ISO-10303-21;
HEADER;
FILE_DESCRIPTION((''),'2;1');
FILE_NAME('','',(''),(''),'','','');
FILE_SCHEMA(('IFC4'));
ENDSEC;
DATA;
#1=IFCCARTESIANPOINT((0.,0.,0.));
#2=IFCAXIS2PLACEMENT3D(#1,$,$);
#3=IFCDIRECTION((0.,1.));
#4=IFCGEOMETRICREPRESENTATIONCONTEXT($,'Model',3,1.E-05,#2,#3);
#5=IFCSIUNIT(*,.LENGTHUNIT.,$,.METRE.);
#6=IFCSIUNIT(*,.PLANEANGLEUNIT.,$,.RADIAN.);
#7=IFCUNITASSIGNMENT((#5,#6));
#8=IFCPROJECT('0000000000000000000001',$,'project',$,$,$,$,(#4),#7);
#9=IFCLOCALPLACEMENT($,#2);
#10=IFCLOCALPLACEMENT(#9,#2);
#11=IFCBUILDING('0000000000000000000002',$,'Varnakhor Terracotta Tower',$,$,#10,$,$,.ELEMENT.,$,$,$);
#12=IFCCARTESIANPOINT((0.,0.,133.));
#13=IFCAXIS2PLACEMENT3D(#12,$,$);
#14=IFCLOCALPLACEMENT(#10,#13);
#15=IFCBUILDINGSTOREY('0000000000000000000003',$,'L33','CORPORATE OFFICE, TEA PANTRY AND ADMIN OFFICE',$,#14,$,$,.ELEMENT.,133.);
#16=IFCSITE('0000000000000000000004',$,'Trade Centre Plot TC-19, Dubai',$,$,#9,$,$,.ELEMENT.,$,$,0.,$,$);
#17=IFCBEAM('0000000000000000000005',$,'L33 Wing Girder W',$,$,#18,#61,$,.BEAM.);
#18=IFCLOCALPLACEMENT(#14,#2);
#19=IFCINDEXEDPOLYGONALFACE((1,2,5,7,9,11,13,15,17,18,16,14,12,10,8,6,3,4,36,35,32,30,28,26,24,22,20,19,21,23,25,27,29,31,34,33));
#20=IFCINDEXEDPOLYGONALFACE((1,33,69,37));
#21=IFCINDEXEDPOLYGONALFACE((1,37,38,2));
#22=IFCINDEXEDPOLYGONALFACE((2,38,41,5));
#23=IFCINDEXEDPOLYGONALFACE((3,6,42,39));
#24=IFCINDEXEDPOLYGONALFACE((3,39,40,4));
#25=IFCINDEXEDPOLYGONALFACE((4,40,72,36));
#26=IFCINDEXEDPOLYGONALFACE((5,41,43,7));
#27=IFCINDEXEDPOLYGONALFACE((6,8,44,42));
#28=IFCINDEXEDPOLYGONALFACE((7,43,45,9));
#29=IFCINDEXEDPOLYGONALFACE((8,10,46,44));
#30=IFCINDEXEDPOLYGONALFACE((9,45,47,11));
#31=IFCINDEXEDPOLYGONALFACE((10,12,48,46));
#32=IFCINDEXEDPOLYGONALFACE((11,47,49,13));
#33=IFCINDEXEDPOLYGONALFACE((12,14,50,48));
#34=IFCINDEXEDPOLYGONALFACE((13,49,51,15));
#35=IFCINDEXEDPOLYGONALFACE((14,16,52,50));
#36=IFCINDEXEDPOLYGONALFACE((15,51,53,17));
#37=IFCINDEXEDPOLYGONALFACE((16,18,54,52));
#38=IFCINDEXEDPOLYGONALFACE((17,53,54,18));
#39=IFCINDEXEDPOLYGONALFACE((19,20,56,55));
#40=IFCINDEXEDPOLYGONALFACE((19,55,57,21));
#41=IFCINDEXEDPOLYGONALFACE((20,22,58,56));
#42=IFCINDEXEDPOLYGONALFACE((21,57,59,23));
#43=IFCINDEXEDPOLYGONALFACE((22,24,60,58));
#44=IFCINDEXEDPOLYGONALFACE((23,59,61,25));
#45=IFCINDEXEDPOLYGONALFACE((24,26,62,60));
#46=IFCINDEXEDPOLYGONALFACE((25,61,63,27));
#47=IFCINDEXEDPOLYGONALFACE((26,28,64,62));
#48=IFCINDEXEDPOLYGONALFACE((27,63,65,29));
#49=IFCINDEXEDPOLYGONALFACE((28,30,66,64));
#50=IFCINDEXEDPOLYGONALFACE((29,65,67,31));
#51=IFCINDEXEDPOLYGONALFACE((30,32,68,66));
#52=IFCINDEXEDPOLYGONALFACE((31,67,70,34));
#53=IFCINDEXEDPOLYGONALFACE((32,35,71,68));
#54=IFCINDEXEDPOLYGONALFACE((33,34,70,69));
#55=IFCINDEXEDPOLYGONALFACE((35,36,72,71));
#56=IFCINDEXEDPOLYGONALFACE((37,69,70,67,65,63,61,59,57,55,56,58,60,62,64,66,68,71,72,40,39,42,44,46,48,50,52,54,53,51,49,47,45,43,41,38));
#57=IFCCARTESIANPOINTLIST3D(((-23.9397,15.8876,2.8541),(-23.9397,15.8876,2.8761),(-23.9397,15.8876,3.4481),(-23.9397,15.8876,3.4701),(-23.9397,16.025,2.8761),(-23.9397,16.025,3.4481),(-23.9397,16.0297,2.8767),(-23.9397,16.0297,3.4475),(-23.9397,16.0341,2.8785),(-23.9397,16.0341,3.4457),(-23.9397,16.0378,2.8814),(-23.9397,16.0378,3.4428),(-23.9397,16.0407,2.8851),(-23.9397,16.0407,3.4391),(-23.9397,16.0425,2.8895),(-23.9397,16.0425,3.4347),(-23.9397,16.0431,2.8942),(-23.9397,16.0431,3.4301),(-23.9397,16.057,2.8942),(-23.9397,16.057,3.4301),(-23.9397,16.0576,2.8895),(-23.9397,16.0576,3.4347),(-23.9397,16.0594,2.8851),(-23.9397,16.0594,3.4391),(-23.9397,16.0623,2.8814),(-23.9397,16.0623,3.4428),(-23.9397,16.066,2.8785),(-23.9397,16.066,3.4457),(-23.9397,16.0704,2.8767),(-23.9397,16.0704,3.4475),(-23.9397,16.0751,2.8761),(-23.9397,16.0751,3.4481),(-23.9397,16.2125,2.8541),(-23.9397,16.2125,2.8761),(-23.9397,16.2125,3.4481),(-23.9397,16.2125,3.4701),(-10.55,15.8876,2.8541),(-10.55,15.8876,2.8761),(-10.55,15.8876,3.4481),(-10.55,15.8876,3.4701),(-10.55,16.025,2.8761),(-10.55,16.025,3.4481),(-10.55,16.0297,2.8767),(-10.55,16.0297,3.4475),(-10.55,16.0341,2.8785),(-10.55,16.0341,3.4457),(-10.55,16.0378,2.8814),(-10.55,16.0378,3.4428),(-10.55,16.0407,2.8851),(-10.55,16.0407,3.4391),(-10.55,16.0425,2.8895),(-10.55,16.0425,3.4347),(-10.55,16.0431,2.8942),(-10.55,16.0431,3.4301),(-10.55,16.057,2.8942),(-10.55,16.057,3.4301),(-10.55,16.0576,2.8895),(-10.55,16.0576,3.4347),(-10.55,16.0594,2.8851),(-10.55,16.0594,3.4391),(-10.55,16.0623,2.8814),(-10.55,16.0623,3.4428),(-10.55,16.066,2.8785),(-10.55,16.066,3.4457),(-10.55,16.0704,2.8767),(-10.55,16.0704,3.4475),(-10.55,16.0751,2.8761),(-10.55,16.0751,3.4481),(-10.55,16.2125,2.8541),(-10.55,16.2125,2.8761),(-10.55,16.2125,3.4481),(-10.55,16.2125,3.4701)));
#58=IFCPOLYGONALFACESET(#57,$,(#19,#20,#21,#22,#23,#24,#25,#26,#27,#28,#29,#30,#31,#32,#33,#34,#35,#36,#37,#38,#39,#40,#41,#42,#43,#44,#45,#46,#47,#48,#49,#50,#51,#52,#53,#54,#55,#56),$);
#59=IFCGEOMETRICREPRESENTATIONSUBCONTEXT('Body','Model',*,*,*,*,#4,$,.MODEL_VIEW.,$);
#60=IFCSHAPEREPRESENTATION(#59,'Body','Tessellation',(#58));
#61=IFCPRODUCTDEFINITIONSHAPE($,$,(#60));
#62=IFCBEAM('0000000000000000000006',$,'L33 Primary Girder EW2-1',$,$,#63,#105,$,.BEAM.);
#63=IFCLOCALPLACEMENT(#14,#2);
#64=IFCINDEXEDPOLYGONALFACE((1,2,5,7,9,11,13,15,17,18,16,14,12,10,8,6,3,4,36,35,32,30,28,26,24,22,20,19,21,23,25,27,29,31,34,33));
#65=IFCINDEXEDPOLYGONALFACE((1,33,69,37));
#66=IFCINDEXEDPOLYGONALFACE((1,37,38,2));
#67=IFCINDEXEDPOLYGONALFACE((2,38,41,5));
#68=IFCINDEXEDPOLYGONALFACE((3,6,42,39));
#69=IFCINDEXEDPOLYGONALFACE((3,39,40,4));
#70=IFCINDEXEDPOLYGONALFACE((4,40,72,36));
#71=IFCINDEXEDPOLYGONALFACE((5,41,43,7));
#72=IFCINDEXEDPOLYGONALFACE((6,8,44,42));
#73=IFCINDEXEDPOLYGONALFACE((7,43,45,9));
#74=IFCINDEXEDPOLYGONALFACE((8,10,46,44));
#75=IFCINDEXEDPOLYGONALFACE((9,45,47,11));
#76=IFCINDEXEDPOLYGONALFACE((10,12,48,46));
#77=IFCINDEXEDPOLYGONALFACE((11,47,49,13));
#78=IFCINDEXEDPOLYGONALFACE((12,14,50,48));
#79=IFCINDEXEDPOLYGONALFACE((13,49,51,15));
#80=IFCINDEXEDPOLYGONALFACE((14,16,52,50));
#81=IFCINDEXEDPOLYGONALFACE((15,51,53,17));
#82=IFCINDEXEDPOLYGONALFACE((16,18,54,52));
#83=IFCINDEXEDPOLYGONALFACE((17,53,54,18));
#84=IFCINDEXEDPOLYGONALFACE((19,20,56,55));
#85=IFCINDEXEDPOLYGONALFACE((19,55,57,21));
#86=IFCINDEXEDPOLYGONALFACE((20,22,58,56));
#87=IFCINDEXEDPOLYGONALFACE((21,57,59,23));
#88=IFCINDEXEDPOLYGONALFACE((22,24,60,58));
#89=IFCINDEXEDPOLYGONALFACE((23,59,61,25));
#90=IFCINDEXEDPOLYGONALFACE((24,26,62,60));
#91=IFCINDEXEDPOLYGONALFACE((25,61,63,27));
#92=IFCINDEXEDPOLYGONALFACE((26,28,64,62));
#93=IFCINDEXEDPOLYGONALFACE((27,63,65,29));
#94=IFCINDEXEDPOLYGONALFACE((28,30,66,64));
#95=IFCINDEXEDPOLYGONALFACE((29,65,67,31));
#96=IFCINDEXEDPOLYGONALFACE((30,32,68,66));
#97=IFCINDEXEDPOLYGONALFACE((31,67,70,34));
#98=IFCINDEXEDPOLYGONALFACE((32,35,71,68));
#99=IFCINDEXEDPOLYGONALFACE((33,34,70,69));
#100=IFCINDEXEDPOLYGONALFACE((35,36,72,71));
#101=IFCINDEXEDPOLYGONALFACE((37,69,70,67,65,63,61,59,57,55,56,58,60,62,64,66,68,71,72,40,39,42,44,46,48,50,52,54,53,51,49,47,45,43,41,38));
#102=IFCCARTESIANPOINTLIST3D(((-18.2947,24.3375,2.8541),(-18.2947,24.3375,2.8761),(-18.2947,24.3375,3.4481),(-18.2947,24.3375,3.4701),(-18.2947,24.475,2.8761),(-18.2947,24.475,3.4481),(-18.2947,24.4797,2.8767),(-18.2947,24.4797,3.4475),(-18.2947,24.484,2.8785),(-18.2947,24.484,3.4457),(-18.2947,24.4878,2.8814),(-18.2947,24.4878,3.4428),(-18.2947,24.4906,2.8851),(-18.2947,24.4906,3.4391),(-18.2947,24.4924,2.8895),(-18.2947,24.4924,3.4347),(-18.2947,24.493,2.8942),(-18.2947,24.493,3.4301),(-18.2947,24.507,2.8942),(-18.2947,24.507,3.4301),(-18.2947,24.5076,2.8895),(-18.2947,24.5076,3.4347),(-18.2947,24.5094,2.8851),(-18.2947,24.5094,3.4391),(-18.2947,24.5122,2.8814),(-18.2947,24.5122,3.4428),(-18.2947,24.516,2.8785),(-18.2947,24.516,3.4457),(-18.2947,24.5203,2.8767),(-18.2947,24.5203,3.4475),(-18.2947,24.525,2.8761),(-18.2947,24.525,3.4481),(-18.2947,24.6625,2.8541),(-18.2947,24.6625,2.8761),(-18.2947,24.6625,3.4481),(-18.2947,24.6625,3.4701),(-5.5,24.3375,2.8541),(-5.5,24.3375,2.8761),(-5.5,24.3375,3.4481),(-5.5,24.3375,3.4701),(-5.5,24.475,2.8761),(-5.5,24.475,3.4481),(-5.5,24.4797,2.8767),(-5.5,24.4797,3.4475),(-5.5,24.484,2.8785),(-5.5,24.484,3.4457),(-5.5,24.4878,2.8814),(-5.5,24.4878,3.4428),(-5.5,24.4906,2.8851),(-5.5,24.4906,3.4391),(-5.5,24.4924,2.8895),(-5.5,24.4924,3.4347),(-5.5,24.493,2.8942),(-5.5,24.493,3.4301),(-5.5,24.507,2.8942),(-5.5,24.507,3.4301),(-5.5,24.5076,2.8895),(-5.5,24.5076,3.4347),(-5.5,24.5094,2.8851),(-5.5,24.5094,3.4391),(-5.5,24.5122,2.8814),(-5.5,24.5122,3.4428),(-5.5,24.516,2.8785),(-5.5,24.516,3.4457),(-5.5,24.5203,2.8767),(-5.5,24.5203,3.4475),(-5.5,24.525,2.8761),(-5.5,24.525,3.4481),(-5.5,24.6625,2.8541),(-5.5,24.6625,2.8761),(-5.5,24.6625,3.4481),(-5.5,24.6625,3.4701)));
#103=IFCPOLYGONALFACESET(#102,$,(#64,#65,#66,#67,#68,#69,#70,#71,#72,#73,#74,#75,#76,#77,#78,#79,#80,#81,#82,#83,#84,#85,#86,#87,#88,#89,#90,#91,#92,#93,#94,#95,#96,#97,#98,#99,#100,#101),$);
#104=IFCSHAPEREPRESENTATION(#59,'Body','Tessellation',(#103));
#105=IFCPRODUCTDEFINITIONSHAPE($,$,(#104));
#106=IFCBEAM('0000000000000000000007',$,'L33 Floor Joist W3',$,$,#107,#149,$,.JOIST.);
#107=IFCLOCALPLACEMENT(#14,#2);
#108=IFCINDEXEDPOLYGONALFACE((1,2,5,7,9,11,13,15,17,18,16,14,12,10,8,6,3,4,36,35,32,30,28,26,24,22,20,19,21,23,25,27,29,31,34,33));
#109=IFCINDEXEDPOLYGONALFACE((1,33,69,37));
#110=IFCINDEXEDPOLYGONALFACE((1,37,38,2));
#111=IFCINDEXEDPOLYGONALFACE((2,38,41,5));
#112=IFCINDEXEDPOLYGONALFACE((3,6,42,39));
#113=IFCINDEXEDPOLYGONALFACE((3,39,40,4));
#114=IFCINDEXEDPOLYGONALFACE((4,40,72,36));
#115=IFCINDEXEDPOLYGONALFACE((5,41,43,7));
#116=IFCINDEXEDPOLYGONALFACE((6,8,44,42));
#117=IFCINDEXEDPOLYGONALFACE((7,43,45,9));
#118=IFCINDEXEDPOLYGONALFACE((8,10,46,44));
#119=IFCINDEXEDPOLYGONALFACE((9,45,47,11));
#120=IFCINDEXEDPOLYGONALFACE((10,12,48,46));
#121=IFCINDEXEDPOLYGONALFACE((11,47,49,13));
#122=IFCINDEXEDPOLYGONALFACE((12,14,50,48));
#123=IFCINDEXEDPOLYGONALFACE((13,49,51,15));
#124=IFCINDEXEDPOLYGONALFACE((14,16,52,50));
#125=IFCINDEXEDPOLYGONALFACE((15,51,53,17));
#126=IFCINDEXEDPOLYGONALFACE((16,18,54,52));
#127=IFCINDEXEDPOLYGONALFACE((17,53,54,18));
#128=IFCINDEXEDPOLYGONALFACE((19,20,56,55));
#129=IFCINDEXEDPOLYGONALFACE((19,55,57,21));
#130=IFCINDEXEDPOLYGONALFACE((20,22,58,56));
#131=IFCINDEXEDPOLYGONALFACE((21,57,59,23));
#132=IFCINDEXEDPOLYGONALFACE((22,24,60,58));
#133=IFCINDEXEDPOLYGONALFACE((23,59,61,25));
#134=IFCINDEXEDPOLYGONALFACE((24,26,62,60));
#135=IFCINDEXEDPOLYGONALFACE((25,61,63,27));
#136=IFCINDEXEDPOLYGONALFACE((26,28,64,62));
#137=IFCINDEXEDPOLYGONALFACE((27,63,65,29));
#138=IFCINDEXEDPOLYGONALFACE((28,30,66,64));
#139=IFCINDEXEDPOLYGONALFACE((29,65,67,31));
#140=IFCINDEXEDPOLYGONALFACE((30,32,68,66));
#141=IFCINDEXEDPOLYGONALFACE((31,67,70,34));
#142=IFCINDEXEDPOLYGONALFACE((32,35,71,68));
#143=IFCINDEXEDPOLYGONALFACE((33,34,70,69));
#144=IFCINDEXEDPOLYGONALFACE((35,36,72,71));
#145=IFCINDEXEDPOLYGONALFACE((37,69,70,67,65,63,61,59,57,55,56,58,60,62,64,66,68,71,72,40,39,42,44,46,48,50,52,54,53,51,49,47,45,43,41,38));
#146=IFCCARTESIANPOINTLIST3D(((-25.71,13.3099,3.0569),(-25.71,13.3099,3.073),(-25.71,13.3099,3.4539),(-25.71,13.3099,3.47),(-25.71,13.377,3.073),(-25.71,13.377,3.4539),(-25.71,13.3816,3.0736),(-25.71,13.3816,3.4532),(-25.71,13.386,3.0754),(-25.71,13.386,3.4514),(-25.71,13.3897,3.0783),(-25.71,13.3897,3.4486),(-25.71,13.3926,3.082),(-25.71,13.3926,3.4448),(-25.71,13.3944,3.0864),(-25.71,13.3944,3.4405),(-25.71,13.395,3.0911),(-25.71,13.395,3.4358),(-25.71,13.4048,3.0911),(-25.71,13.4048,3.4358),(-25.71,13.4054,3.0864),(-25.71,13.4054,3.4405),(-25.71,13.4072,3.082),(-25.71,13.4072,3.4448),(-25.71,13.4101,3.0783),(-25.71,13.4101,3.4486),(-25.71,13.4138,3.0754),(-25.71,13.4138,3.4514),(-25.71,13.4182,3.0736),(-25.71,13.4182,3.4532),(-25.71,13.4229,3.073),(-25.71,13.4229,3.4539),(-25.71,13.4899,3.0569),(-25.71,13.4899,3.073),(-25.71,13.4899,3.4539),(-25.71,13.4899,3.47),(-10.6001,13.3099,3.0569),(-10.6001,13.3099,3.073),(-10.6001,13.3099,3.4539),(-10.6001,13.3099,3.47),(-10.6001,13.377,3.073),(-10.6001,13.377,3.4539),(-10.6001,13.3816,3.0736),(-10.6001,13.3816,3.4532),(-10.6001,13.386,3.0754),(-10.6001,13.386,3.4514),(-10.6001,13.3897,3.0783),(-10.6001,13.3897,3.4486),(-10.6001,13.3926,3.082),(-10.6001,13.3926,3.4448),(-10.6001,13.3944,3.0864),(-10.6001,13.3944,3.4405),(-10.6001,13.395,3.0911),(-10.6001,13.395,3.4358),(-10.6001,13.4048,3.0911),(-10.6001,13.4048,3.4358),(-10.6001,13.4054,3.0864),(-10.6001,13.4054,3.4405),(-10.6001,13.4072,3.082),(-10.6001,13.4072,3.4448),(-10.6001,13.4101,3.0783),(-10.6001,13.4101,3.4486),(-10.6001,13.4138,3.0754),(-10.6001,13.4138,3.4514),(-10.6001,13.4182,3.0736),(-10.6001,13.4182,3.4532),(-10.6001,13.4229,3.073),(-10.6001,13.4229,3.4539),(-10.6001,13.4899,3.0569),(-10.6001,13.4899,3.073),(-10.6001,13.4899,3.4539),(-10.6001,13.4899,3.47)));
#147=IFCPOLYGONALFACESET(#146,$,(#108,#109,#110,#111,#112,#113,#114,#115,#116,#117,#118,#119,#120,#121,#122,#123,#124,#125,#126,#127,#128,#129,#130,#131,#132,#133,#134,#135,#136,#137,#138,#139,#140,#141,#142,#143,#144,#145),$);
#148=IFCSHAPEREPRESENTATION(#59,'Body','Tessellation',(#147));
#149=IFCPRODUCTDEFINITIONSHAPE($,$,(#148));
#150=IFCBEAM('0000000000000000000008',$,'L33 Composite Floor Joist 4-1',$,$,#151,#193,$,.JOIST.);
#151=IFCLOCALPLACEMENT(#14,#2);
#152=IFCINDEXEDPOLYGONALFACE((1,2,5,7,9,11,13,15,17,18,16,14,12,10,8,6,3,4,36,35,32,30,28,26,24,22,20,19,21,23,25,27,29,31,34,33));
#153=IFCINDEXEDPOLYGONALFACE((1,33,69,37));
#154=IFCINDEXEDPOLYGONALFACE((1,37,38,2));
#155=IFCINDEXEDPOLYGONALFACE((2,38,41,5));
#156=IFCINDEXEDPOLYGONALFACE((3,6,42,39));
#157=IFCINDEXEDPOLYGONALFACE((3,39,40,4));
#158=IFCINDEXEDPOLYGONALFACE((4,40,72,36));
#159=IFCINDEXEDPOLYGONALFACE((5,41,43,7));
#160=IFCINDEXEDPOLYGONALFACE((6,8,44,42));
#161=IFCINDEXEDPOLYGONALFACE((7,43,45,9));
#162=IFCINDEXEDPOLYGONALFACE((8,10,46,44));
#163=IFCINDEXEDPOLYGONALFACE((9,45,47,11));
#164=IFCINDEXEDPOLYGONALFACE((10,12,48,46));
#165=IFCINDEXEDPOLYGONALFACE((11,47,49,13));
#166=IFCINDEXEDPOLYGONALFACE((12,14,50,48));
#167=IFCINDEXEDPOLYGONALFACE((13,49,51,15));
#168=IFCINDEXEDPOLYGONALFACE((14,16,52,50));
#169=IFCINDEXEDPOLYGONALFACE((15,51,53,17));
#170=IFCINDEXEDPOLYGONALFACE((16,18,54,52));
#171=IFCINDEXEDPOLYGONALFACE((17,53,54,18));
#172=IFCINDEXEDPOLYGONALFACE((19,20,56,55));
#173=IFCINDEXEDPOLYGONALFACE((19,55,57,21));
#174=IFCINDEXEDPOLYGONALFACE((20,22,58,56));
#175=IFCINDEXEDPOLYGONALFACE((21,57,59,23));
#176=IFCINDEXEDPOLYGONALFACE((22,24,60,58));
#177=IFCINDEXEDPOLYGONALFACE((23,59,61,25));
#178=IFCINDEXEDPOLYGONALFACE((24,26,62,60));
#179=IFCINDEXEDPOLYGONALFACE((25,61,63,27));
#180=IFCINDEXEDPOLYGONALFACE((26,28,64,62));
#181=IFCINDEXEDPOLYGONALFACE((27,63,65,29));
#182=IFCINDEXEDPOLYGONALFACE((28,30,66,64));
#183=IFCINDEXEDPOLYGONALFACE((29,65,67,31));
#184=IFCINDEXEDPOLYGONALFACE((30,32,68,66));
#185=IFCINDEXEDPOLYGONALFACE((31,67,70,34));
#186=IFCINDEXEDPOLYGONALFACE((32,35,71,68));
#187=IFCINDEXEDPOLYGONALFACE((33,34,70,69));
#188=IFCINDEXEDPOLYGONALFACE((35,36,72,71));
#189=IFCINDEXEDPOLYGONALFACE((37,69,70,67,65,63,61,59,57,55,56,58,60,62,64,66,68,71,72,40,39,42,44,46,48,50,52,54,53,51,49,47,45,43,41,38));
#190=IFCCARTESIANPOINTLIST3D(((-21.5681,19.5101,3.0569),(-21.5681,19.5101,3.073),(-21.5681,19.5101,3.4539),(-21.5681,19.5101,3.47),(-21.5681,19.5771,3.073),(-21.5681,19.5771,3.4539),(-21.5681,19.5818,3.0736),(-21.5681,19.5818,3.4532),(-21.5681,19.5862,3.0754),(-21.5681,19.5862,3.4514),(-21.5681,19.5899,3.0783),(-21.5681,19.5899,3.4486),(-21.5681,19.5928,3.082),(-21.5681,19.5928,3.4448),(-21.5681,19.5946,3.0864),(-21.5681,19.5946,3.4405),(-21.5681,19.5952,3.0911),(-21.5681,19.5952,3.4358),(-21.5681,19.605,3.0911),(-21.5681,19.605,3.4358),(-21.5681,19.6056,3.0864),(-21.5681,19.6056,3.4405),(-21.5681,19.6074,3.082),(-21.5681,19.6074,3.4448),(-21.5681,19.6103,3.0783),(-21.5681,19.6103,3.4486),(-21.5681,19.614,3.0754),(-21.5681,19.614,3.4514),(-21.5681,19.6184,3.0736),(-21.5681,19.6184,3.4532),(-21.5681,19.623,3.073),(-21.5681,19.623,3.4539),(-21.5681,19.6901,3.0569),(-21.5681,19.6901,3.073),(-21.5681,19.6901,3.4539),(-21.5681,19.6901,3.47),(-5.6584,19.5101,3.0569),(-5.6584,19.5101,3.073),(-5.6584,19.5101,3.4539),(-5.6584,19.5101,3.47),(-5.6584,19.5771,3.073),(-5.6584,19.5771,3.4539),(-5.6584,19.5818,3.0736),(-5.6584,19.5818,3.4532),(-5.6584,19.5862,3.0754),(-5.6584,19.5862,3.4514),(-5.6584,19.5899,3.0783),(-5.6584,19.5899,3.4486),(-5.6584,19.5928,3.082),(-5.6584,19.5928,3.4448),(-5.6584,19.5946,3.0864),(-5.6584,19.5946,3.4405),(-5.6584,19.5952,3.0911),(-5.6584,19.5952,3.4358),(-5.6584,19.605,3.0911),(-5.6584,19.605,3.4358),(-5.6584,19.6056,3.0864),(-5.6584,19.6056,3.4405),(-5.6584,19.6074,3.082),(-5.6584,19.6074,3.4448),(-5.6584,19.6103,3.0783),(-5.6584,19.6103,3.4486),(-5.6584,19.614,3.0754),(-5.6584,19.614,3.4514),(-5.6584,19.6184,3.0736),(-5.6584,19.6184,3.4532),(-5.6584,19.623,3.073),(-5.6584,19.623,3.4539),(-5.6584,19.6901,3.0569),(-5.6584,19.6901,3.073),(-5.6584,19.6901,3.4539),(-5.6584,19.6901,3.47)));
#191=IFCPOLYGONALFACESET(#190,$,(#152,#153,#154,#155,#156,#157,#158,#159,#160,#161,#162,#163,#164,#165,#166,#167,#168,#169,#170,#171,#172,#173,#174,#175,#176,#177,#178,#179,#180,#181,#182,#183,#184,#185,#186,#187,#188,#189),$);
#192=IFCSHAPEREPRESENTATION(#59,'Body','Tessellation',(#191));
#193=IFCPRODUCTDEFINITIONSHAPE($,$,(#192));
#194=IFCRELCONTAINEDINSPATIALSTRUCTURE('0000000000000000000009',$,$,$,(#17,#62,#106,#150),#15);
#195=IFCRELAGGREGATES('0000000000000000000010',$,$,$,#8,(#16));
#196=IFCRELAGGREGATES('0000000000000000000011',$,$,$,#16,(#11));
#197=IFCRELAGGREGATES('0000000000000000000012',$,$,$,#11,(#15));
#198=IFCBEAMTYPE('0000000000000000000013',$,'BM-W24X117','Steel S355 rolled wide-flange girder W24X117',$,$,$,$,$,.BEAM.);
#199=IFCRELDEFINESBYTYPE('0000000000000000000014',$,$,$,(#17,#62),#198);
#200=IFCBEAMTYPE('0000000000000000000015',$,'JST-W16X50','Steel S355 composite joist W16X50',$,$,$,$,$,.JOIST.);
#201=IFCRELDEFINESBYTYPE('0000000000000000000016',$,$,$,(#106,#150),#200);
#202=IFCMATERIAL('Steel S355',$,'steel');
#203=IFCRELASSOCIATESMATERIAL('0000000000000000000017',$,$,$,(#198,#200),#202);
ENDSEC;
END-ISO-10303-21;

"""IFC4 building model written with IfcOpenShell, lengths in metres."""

from ifc_helpers import new_model, si_unit, direction, frame, origin, origin_2d, place, context, subcontext, project, spatial, i_section, extrude, source, transform, mapped, material, material_profile, profile_set, type_object, element, save


model = new_model("IFC4")

# Units and contexts
model_context = context("Model", 3, precision=1e-05, world=origin(), true_north=direction((0.0, 1.0)))
body_context = subcontext(model_context, "Body", "Model", "MODEL_VIEW")
ifc_project = project(units=[si_unit("LENGTHUNIT", "METRE"), si_unit("PLANEANGLEUNIT", "RADIAN")], contexts=[model_context])

# Site, building, storey
site_placement = place(None, origin())
site = spatial("IfcSite", under=ifc_project, at=site_placement, Name="Trade Centre Plot TC-19, Dubai", CompositionType="ELEMENT", RefElevation=0.0)
building_placement = place(site_placement, origin())
building = spatial("IfcBuilding", under=site, at=building_placement, Name="Varnakhor Terracotta Tower", CompositionType="ELEMENT")
storey_placement = place(building_placement, frame((0.0, 0.0, 133.0)))
storey = spatial("IfcBuildingStorey", under=building, at=storey_placement, Name="L33", Description="CORPORATE OFFICE, TEA PANTRY AND ADMIN OFFICE", CompositionType="ELEMENT", Elevation=133.0)

# Beams
ifc_material_1 = material(Name="Steel S355", Category="steel")
ifc_material_profile_1 = material_profile(ifc_material_1, i_section(OverallWidth=0.325, OverallDepth=0.616, WebThickness=0.0139, FlangeThickness=0.022, FilletRadius=0.0181, at=origin_2d()), Name="W24X117")
ifc_profile_set_1 = profile_set([ifc_material_profile_1], Name="Steel S355")
beam_type_1 = type_object("IfcBeamType", Name="BM-W24X117", Description="Steel S355 rolled wide-flange girder W24X117", PredefinedType="BEAM", material=ifc_profile_set_1)
shared_shape_1 = source(origin(), body_context, "Body", "SweptSolid", [
    extrude(i_section(OverallWidth=0.325, OverallDepth=0.616, WebThickness=0.0139, FlangeThickness=0.022, FilletRadius=0.0181, at=origin_2d()), origin(), (0.0, 0.0, 1.0), 13.3896),
])
beam_1_placement = place(storey_placement, frame((-23.9397, 16.05, 3.1621), z_axis=(1.0, 0.0, 0.0), x_axis=(0.0, 1.0, 0.0)))
element("IfcBeam", 1, at=beam_1_placement, inside=storey, type_object=beam_type_1, Name="L33 Wing Girder W", PredefinedType="BEAM", context=body_context, shape_type="MappedRepresentation", body=[
    mapped(shared_shape_1, transform((0.0, 0.0, 0.0), scale=1.0)),
])
shared_shape_2 = source(origin(), body_context, "Body", "SweptSolid", [
    extrude(i_section(OverallWidth=0.325, OverallDepth=0.616, WebThickness=0.0139, FlangeThickness=0.022, FilletRadius=0.0181, at=origin_2d()), origin(), (0.0, 0.0, 1.0), 12.7947),
])
beam_2_placement = place(storey_placement, frame((-18.2947, 24.5, 3.1621), z_axis=(1.0, 0.0, 0.0), x_axis=(0.0, 1.0, 0.0)))
element("IfcBeam", 2, at=beam_2_placement, inside=storey, type_object=beam_type_1, Name="L33 Primary Girder EW2-1", PredefinedType="BEAM", context=body_context, shape_type="MappedRepresentation", body=[
    mapped(shared_shape_2, transform((0.0, 0.0, 0.0), scale=1.0)),
])
ifc_material_profile_2 = material_profile(ifc_material_1, i_section(OverallWidth=0.1799, OverallDepth=0.4131, WebThickness=0.0098, FlangeThickness=0.0161, FilletRadius=0.0181, at=origin_2d()), Name="W16X50")
ifc_profile_set_2 = profile_set([ifc_material_profile_2], Name="Steel S355")
beam_type_2 = type_object("IfcBeamType", Name="JST-W16X50", Description="Steel S355 composite joist W16X50", PredefinedType="JOIST", material=ifc_profile_set_2)
shared_shape_3 = source(origin(), body_context, "Body", "SweptSolid", [
    extrude(i_section(OverallWidth=0.1799, OverallDepth=0.4131, WebThickness=0.0098, FlangeThickness=0.0161, FilletRadius=0.0181, at=origin_2d()), origin(), (0.0, 0.0, 1.0), 15.1099),
])
beam_3_placement = place(storey_placement, frame((-25.71, 13.3999, 3.2634), z_axis=(1.0, 0.0, 0.0), x_axis=(0.0, 1.0, 0.0)))
element("IfcBeam", 3, at=beam_3_placement, inside=storey, type_object=beam_type_2, Name="L33 Floor Joist W3", PredefinedType="JOIST", context=body_context, shape_type="MappedRepresentation", body=[
    mapped(shared_shape_3, transform((0.0, 0.0, 0.0), scale=1.0)),
])
shared_shape_4 = source(origin(), body_context, "Body", "SweptSolid", [
    extrude(i_section(OverallWidth=0.1799, OverallDepth=0.4131, WebThickness=0.0098, FlangeThickness=0.0161, FilletRadius=0.0181, at=origin_2d()), origin(), (0.0, 0.0, 1.0), 15.9097),
])
beam_4_placement = place(storey_placement, frame((-21.5681, 19.6001, 3.2634), z_axis=(1.0, 0.0, 0.0), x_axis=(0.0, 1.0, 0.0)))
element("IfcBeam", 4, at=beam_4_placement, inside=storey, type_object=beam_type_2, Name="L33 Composite Floor Joist 4-1", PredefinedType="JOIST", context=body_context, shape_type="MappedRepresentation", body=[
    mapped(shared_shape_4, transform((0.0, 0.0, 0.0), scale=1.0)),
])

save(model, "model.ifc")
